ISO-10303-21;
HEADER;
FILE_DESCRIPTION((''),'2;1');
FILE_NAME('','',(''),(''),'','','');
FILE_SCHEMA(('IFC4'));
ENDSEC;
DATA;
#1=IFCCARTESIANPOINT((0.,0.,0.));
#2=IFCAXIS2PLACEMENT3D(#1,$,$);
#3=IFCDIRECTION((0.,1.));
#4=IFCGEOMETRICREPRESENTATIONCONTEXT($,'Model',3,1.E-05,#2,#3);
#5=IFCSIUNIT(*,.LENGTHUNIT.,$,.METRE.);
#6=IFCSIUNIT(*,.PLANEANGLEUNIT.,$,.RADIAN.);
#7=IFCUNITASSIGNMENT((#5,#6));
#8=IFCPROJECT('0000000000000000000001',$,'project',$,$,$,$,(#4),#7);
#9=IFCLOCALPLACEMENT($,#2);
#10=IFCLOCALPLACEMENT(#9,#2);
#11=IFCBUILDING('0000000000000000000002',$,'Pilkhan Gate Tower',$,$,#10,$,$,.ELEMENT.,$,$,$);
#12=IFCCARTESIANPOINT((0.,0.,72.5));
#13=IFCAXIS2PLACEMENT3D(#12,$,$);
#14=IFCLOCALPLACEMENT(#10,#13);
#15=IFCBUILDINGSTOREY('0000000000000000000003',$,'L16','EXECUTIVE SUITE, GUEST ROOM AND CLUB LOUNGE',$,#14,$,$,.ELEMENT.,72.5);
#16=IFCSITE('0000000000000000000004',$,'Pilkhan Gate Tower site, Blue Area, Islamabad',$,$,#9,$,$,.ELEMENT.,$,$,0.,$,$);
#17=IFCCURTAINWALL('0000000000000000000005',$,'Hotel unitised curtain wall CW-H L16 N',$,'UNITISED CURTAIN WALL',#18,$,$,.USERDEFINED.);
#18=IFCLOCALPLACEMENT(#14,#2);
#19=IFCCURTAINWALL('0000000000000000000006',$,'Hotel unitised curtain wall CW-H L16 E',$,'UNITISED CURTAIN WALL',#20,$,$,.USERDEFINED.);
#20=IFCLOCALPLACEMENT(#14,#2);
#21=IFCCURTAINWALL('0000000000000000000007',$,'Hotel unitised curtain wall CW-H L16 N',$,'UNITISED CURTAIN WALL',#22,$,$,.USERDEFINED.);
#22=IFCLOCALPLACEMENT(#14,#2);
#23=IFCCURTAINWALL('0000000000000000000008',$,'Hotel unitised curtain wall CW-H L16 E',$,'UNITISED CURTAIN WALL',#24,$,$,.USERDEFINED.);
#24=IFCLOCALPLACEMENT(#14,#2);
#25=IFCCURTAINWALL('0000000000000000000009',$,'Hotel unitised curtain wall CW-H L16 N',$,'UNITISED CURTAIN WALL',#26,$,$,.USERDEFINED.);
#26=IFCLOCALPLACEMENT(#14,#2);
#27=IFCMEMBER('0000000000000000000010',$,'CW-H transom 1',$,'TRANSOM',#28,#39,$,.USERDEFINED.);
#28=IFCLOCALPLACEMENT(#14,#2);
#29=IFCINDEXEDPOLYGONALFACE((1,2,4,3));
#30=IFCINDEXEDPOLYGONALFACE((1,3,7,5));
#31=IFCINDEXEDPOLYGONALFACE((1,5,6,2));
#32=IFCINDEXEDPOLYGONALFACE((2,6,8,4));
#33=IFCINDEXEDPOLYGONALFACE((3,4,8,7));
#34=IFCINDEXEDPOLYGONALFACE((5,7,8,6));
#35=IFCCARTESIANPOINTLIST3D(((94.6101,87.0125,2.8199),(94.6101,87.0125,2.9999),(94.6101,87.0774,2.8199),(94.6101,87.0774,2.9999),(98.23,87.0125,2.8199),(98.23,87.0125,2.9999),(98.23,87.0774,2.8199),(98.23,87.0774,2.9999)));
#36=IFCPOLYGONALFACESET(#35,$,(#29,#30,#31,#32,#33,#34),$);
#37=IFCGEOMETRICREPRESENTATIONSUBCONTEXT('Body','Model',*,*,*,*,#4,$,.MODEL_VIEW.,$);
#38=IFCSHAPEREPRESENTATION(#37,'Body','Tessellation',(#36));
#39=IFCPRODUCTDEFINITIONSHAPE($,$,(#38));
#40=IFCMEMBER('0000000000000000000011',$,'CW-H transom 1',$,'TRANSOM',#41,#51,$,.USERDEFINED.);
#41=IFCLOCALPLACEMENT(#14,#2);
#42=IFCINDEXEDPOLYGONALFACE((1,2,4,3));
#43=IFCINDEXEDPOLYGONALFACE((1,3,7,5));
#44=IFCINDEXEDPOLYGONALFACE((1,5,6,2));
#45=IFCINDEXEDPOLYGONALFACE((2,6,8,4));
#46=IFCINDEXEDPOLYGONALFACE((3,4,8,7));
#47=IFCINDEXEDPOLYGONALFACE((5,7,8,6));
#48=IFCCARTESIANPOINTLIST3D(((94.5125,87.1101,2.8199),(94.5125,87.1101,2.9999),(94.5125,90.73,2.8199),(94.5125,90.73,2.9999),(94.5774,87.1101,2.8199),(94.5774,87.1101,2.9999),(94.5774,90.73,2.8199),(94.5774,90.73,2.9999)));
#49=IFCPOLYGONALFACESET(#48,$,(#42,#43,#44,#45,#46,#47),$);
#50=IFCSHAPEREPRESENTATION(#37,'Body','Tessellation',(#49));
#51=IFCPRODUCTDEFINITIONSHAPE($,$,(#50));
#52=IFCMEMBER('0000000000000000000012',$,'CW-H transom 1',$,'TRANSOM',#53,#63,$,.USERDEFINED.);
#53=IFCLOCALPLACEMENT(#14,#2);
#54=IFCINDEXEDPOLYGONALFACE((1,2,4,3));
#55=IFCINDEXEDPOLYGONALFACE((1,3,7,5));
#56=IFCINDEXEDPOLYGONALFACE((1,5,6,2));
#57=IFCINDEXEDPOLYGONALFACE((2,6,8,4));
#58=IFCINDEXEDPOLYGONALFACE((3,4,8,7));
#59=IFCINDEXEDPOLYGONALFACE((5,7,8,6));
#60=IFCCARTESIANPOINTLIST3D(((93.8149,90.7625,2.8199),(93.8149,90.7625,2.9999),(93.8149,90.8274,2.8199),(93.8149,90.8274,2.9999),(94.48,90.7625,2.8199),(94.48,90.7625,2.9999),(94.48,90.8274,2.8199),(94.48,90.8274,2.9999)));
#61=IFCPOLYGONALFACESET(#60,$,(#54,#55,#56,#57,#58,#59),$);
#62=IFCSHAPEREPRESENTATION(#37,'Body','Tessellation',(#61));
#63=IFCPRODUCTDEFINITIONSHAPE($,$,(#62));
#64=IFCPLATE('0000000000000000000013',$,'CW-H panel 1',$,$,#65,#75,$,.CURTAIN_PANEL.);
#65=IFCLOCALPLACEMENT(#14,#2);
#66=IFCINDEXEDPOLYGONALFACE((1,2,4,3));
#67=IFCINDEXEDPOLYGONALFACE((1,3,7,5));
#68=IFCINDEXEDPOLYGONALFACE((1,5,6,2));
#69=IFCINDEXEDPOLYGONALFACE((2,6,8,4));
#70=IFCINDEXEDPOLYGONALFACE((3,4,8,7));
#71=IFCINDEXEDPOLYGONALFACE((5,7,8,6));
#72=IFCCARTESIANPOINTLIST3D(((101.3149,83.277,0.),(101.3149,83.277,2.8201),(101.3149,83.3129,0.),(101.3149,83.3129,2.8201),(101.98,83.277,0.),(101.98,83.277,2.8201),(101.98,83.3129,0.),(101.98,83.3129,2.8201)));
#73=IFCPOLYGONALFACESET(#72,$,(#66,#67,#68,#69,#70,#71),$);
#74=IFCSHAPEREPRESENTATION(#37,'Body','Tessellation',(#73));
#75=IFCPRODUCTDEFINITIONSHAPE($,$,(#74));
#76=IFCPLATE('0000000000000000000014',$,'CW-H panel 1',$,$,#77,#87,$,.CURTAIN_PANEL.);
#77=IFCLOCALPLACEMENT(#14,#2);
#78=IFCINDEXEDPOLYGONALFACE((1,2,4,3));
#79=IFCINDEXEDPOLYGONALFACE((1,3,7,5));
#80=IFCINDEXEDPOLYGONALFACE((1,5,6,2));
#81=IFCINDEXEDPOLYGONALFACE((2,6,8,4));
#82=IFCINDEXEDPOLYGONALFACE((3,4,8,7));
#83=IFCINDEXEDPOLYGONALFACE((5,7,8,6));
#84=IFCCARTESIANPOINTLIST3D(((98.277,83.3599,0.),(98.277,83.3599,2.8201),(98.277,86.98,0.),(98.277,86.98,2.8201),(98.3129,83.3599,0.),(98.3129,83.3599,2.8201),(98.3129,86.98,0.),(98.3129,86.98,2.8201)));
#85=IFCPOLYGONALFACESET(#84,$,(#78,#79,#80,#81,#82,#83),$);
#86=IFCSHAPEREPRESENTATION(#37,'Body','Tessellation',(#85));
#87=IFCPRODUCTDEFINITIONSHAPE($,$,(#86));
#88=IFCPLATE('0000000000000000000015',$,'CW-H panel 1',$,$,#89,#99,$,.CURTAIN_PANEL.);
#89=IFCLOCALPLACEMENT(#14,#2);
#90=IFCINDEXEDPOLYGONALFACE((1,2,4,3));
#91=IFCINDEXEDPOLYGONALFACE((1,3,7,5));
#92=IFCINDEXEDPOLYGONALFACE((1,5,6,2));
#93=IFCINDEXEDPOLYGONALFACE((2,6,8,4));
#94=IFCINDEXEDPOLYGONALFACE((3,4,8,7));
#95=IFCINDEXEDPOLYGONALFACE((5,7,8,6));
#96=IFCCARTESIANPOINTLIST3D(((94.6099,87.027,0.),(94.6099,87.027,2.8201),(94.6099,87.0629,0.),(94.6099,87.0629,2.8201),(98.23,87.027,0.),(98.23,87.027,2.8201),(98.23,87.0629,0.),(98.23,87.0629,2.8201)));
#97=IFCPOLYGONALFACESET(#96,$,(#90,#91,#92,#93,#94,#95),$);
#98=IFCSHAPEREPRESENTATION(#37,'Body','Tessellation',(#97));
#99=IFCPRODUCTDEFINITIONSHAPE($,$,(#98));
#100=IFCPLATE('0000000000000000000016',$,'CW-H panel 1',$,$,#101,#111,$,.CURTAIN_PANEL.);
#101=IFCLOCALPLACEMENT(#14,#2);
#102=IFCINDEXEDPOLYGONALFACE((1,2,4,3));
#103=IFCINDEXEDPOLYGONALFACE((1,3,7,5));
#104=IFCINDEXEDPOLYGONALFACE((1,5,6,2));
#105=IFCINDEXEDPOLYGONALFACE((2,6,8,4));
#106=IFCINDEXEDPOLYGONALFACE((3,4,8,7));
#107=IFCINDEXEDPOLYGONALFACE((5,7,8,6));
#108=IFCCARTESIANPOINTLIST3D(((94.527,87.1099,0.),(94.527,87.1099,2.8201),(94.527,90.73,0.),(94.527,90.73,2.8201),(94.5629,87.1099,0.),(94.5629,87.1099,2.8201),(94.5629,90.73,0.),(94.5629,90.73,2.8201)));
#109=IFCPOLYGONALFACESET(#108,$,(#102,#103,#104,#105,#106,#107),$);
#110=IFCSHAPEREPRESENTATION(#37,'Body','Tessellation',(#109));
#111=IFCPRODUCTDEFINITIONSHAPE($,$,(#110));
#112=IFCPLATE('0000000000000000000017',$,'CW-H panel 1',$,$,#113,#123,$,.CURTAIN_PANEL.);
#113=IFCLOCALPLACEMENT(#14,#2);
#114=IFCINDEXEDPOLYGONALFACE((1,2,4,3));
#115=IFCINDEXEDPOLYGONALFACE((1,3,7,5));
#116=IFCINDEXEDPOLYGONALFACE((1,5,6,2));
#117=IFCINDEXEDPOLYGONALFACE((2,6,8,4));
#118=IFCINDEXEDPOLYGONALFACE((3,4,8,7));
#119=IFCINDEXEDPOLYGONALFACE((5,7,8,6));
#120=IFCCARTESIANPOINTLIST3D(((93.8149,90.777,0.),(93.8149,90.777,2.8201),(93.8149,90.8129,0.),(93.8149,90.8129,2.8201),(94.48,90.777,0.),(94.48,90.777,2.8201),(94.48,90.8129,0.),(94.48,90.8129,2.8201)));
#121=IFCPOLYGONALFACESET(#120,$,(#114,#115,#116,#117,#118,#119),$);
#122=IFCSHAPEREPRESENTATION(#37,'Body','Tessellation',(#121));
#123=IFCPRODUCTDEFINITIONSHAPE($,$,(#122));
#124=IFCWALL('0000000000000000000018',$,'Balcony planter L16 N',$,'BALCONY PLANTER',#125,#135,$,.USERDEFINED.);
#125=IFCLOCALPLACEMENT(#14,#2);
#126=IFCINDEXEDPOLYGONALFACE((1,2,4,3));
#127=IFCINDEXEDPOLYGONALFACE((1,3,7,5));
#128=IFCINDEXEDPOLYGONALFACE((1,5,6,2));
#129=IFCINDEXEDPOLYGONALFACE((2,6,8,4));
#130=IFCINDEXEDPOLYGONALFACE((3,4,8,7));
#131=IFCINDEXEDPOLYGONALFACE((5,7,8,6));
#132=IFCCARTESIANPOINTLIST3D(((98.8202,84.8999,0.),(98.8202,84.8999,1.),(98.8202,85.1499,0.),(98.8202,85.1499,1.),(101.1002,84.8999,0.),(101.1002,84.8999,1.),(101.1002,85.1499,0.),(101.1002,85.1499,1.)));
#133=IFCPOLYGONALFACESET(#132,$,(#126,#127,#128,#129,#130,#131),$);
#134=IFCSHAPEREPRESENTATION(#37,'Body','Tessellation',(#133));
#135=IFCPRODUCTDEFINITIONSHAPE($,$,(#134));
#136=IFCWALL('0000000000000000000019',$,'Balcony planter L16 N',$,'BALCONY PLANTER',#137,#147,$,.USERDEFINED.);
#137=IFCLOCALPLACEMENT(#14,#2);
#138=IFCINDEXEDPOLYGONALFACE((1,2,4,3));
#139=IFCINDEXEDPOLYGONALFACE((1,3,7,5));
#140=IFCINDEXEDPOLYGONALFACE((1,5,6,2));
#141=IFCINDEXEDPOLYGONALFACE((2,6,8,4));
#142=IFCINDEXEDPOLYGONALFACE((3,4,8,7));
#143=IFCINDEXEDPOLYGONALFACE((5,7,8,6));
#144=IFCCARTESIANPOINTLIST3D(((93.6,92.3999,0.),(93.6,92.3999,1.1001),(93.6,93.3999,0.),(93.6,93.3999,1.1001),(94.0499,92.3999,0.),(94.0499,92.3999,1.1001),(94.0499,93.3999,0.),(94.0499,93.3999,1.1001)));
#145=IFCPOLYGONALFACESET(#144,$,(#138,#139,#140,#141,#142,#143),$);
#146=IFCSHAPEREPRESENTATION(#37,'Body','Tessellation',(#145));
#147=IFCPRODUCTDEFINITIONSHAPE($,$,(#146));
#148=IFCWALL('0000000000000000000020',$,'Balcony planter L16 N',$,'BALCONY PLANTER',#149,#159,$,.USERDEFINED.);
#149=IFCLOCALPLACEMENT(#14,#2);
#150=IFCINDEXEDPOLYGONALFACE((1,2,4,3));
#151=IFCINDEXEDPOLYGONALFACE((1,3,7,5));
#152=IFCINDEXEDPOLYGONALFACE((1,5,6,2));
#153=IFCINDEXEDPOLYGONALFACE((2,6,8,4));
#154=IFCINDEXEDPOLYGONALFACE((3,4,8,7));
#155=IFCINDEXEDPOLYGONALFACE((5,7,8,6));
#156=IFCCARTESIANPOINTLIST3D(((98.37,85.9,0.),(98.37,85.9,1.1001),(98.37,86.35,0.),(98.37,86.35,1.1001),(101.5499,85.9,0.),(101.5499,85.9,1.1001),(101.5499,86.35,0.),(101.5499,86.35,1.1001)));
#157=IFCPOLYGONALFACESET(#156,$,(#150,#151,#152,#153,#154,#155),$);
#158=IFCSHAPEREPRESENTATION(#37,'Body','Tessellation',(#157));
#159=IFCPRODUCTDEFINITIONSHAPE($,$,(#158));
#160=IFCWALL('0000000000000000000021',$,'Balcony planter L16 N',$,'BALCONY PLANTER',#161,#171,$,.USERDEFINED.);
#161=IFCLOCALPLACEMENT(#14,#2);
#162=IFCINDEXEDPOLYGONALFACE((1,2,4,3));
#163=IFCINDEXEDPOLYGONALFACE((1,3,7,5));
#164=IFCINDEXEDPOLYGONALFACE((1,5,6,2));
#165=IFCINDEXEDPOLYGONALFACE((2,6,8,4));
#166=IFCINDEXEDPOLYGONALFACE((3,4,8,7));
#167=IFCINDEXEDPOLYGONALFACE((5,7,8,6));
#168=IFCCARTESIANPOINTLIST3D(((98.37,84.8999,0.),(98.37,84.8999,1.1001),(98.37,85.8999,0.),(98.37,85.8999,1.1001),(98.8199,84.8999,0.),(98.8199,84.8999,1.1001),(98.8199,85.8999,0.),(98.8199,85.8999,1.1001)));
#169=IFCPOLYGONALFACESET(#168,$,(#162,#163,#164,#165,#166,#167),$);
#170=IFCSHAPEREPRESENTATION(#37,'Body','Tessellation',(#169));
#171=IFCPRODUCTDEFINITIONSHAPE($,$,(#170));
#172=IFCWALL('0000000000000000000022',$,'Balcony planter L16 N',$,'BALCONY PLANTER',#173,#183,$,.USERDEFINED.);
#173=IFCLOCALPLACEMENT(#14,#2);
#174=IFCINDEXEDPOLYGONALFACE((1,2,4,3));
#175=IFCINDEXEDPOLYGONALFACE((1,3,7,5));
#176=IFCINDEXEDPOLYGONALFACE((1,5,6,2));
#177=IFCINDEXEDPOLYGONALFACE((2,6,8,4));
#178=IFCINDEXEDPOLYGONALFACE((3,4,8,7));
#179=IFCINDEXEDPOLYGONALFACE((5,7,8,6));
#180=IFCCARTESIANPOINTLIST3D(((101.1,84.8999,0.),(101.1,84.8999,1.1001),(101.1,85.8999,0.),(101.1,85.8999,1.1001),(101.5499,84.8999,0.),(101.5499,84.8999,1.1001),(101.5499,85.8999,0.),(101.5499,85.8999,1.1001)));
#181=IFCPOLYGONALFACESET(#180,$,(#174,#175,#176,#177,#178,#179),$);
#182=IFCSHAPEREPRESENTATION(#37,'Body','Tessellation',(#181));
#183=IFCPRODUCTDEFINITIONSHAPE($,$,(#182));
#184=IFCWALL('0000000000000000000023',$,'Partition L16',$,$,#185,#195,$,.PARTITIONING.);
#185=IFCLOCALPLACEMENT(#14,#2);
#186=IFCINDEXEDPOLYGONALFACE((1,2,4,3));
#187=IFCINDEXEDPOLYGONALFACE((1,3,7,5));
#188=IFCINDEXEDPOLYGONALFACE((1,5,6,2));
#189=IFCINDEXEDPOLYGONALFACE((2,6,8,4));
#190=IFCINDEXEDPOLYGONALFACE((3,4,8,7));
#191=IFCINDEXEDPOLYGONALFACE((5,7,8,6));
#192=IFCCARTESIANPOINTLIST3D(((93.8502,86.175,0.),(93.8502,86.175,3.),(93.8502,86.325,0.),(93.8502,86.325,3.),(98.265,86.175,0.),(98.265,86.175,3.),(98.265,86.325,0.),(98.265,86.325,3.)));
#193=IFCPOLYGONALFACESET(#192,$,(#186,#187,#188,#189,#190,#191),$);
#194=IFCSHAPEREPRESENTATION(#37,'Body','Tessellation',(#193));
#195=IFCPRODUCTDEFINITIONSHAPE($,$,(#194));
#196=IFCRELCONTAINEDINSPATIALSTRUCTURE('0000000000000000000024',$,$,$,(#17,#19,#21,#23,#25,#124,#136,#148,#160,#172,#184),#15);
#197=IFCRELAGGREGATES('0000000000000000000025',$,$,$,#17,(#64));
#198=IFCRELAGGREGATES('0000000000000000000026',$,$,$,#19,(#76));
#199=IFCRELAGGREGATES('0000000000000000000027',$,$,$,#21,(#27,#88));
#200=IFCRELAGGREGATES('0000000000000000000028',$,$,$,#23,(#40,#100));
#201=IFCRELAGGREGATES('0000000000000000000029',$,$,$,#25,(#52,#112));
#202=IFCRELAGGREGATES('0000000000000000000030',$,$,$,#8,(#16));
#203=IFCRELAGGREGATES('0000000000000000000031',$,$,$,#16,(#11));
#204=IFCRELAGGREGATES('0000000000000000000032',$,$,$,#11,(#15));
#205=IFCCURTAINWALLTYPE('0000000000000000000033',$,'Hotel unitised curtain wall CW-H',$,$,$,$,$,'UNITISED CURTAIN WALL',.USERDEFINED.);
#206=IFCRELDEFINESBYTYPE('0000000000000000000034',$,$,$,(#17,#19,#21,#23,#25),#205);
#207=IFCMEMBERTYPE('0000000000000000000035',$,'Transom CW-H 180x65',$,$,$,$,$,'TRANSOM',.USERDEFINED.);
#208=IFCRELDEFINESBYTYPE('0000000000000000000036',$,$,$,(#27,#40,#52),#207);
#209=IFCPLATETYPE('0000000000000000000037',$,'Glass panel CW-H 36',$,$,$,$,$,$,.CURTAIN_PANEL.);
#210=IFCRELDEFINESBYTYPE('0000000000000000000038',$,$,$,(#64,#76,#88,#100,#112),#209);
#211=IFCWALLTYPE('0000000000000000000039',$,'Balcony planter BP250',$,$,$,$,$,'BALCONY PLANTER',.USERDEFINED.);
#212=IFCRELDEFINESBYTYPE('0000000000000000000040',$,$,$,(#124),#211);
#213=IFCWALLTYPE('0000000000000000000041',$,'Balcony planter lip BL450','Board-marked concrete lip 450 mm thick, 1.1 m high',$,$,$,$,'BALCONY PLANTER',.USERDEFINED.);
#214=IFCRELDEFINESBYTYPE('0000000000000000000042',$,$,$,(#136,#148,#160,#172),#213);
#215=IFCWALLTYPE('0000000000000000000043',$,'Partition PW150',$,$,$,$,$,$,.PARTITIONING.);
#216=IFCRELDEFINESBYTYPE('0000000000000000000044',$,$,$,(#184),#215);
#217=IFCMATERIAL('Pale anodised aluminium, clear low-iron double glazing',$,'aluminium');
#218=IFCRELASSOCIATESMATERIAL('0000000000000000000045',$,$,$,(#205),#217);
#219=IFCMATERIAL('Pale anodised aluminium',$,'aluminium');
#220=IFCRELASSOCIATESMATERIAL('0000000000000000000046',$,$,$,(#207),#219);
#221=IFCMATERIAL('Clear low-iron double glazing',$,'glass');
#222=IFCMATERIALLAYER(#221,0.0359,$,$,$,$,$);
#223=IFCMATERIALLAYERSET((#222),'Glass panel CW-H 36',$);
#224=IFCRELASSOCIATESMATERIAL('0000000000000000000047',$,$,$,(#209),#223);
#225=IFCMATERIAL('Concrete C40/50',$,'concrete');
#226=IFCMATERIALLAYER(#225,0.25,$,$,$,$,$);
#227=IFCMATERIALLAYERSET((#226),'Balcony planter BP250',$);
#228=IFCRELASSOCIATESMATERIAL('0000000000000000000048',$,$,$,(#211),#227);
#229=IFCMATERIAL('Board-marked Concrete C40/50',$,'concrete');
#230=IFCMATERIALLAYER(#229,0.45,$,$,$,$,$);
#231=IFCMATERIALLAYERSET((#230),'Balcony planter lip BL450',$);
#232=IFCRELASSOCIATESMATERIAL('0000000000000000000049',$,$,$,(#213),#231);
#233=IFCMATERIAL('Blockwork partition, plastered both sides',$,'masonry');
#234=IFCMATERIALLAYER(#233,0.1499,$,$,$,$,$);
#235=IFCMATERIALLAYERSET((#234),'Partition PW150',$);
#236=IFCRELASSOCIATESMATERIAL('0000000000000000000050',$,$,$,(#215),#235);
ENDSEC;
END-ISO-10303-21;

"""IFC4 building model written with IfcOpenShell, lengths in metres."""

from ifc_helpers import new_model, si_unit, direction, frame, frame_2d, origin, origin_2d, place, context, subcontext, project, spatial, rectangle, extrude, material, layer, layer_set, material_profile, profile_set, type_object, element, aggregate, save


model = new_model("IFC4")

# Units and contexts
model_context = context("Model", 3, precision=1e-05, world=origin(), true_north=direction((0.0, 1.0)))
body_context = subcontext(model_context, "Body", "Model", "MODEL_VIEW")
ifc_project = project(units=[si_unit("LENGTHUNIT", "METRE"), si_unit("PLANEANGLEUNIT", "RADIAN")], contexts=[model_context])

# Site, building, storey
site_placement = place(None, origin())
site = spatial("IfcSite", under=ifc_project, at=site_placement, Name="Pilkhan Gate Tower site, Blue Area, Islamabad", CompositionType="ELEMENT", RefElevation=0.0)
building_placement = place(site_placement, origin())
building = spatial("IfcBuilding", under=site, at=building_placement, Name="Pilkhan Gate Tower", CompositionType="ELEMENT")
storey_placement = place(building_placement, frame((0.0, 0.0, 72.5)))
storey = spatial("IfcBuildingStorey", under=building, at=storey_placement, Name="L16", Description="EXECUTIVE SUITE, GUEST ROOM AND CLUB LOUNGE", CompositionType="ELEMENT", Elevation=72.5)

# Curtain wall
ifc_material_1 = material(Name="Pale anodised aluminium, clear low-iron double glazing", Category="aluminium")
curtain_wall_type = type_object("IfcCurtainWallType", Name="Hotel unitised curtain wall CW-H", ElementType="UNITISED CURTAIN WALL", PredefinedType="USERDEFINED", material=ifc_material_1)
curtain_wall_1_placement = place(storey_placement, origin())
curtain_wall_1 = element("IfcCurtainWall", 1, at=curtain_wall_1_placement, inside=storey, type_object=curtain_wall_type, Name="Hotel unitised curtain wall CW-H L16 N", ObjectType="UNITISED CURTAIN WALL", PredefinedType="USERDEFINED")
ifc_material_2 = material(Name="Pale anodised aluminium", Category="aluminium")

# Curtain walls
curtain_wall_2_placement = place(storey_placement, origin())
curtain_wall_2 = element("IfcCurtainWall", 2, at=curtain_wall_2_placement, inside=storey, type_object=curtain_wall_type, Name="Hotel unitised curtain wall CW-H L16 E", ObjectType="UNITISED CURTAIN WALL", PredefinedType="USERDEFINED")
curtain_wall_3_placement = place(storey_placement, origin())
curtain_wall_3 = element("IfcCurtainWall", 3, at=curtain_wall_3_placement, inside=storey, type_object=curtain_wall_type, Name="Hotel unitised curtain wall CW-H L16 N", ObjectType="UNITISED CURTAIN WALL", PredefinedType="USERDEFINED")
curtain_wall_4_placement = place(storey_placement, origin())
curtain_wall_4 = element("IfcCurtainWall", 4, at=curtain_wall_4_placement, inside=storey, type_object=curtain_wall_type, Name="Hotel unitised curtain wall CW-H L16 E", ObjectType="UNITISED CURTAIN WALL", PredefinedType="USERDEFINED")
curtain_wall_5_placement = place(storey_placement, origin())
curtain_wall_5 = element("IfcCurtainWall", 5, at=curtain_wall_5_placement, inside=storey, type_object=curtain_wall_type, Name="Hotel unitised curtain wall CW-H L16 N", ObjectType="UNITISED CURTAIN WALL", PredefinedType="USERDEFINED")

# Members
ifc_material_profile_1 = material_profile(ifc_material_2, rectangle(XDim=0.0649, YDim=0.1799, at=origin_2d()), Name="Transom 180x65")
ifc_profile_set_1 = profile_set([ifc_material_profile_1], Name="Pale anodised aluminium")
member_type_1 = type_object("IfcMemberType", Name="Transom CW-H 180x65", ElementType="TRANSOM", PredefinedType="USERDEFINED", material=ifc_profile_set_1)
member_1_placement = place(storey_placement, frame((94.6101, 87.0449, 2.9099), z_axis=(1.0, 0.0, 0.0), x_axis=(0.0, 1.0, 0.0)))
member_1 = element("IfcMember", 6, at=member_1_placement, type_object=member_type_1, Name="CW-H transom 1", ObjectType="TRANSOM", PredefinedType="USERDEFINED", context=body_context, shape_type="SweptSolid", body=[
    extrude(rectangle(XDim=0.0649, YDim=0.1799, at=origin_2d()), origin(), (0.0, 0.0, 1.0), 3.6199),
])
member_2_placement = place(storey_placement, frame((94.5449, 87.1101, 2.9099), z_axis=(0.0, 1.0, 0.0), x_axis=(-1.0, 0.0, 0.0)))
member_2 = element("IfcMember", 7, at=member_2_placement, type_object=member_type_1, Name="CW-H transom 1", ObjectType="TRANSOM", PredefinedType="USERDEFINED", context=body_context, shape_type="SweptSolid", body=[
    extrude(rectangle(XDim=0.0649, YDim=0.1799, at=origin_2d()), origin(), (0.0, 0.0, 1.0), 3.6199),
])
member_3_placement = place(storey_placement, frame((93.8149, 90.7949, 2.9099), z_axis=(1.0, 0.0, 0.0), x_axis=(0.0, 1.0, 0.0)))
member_3 = element("IfcMember", 8, at=member_3_placement, type_object=member_type_1, Name="CW-H transom 1", ObjectType="TRANSOM", PredefinedType="USERDEFINED", context=body_context, shape_type="SweptSolid", body=[
    extrude(rectangle(XDim=0.0649, YDim=0.1799, at=origin_2d()), origin(), (0.0, 0.0, 1.0), 0.665),
])

# Plates
ifc_material_3 = material(Name="Clear low-iron double glazing", Category="glass")
ifc_layer_1 = layer(ifc_material_3, 0.0359)
ifc_layer_set_1 = layer_set([ifc_layer_1], Name="Glass panel CW-H 36")
plate_type = type_object("IfcPlateType", Name="Glass panel CW-H 36", PredefinedType="CURTAIN_PANEL", material=ifc_layer_set_1)
plate_1_placement = place(storey_placement, frame((101.6475, 83.2949, 0.0), z_axis=(0.0, 0.0, 1.0), x_axis=(1.0, 0.0, 0.0)))
plate_1 = element("IfcPlate", 9, at=plate_1_placement, type_object=plate_type, Name="CW-H panel 1", PredefinedType="CURTAIN_PANEL", context=body_context, shape_type="SweptSolid", body=[
    extrude(rectangle(XDim=0.665, YDim=0.0359, at=origin_2d()), origin(), (0.0, 0.0, 1.0), 2.8201),
])
aggregate(curtain_wall_1, [plate_1])
plate_2_placement = place(storey_placement, frame((98.2949, 85.1699, 0.0), z_axis=(0.0, 0.0, 1.0), x_axis=(0.0, 1.0, 0.0)))
plate_2 = element("IfcPlate", 10, at=plate_2_placement, type_object=plate_type, Name="CW-H panel 1", PredefinedType="CURTAIN_PANEL", context=body_context, shape_type="SweptSolid", body=[
    extrude(rectangle(XDim=3.6201, YDim=0.0359, at=origin_2d()), origin(), (0.0, 0.0, 1.0), 2.8201),
])
aggregate(curtain_wall_2, [plate_2])
plate_3_placement = place(storey_placement, frame((96.4199, 87.0449, 0.0), z_axis=(0.0, 0.0, 1.0), x_axis=(1.0, 0.0, 0.0)))
plate_3 = element("IfcPlate", 11, at=plate_3_placement, type_object=plate_type, Name="CW-H panel 1", PredefinedType="CURTAIN_PANEL", context=body_context, shape_type="SweptSolid", body=[
    extrude(rectangle(XDim=3.6201, YDim=0.0359, at=origin_2d()), origin(), (0.0, 0.0, 1.0), 2.8201),
])
aggregate(curtain_wall_3, [member_1, plate_3])
plate_4_placement = place(storey_placement, frame((94.5449, 88.9199, 0.0), z_axis=(0.0, 0.0, 1.0), x_axis=(0.0, 1.0, 0.0)))
plate_4 = element("IfcPlate", 12, at=plate_4_placement, type_object=plate_type, Name="CW-H panel 1", PredefinedType="CURTAIN_PANEL", context=body_context, shape_type="SweptSolid", body=[
    extrude(rectangle(XDim=3.6201, YDim=0.0359, at=origin_2d()), origin(), (0.0, 0.0, 1.0), 2.8201),
])
aggregate(curtain_wall_4, [member_2, plate_4])
plate_5_placement = place(storey_placement, frame((94.1475, 90.7949, 0.0), z_axis=(0.0, 0.0, 1.0), x_axis=(1.0, 0.0, 0.0)))
plate_5 = element("IfcPlate", 13, at=plate_5_placement, type_object=plate_type, Name="CW-H panel 1", PredefinedType="CURTAIN_PANEL", context=body_context, shape_type="SweptSolid", body=[
    extrude(rectangle(XDim=0.665, YDim=0.0359, at=origin_2d()), origin(), (0.0, 0.0, 1.0), 2.8201),
])
aggregate(curtain_wall_5, [member_3, plate_5])

# Walls
ifc_material_4 = material(Name="Concrete C40/50", Category="concrete")
ifc_layer_2 = layer(ifc_material_4, 0.25)
ifc_layer_set_2 = layer_set([ifc_layer_2], Name="Balcony planter BP250")
wall_type_1 = type_object("IfcWallType", Name="Balcony planter BP250", ElementType="BALCONY PLANTER", PredefinedType="USERDEFINED", material=ifc_layer_set_2)
wall_1_placement = place(storey_placement, frame((98.8201, 85.0249, 0.0), z_axis=(0.0, 0.0, 1.0), x_axis=(1.0, 0.0, 0.0)))
element("IfcWall", 14, at=wall_1_placement, inside=storey, type_object=wall_type_1, Name="Balcony planter L16 N", ObjectType="BALCONY PLANTER", PredefinedType="USERDEFINED", context=body_context, shape_type="SweptSolid", body=[
    extrude(rectangle(XDim=2.28, YDim=0.25, at=frame_2d((1.1401, 0.0))), origin(), (0.0, 0.0, 1.0), 1.0),
])
ifc_material_5 = material(Name="Board-marked Concrete C40/50", Category="concrete")
ifc_layer_3 = layer(ifc_material_5, 0.45)
ifc_layer_set_3 = layer_set([ifc_layer_3], Name="Balcony planter lip BL450")
wall_type_2 = type_object("IfcWallType", Name="Balcony planter lip BL450", Description="Board-marked concrete lip 450 mm thick, 1.1 m high", ElementType="BALCONY PLANTER", PredefinedType="USERDEFINED", material=ifc_layer_set_3)
wall_2_placement = place(storey_placement, frame((93.825, 92.3999, 0.0), z_axis=(0.0, 0.0, 1.0), x_axis=(0.0, 1.0, 0.0)))
element("IfcWall", 15, at=wall_2_placement, inside=storey, type_object=wall_type_2, Name="Balcony planter L16 N", ObjectType="BALCONY PLANTER", PredefinedType="USERDEFINED", context=body_context, shape_type="SweptSolid", body=[
    extrude(rectangle(XDim=1.0, YDim=0.45, at=frame_2d((0.5, 0.0))), origin(), (0.0, 0.0, 1.0), 1.1001),
])
wall_3_placement = place(storey_placement, frame((98.3701, 86.125, 0.0), z_axis=(0.0, 0.0, 1.0), x_axis=(1.0, 0.0, 0.0)))
element("IfcWall", 16, at=wall_3_placement, inside=storey, type_object=wall_type_2, Name="Balcony planter L16 N", ObjectType="BALCONY PLANTER", PredefinedType="USERDEFINED", context=body_context, shape_type="SweptSolid", body=[
    extrude(rectangle(XDim=3.1799, YDim=0.45, at=frame_2d((1.5898, 0.0))), origin(), (0.0, 0.0, 1.0), 1.1001),
])
for number, where, z_axis, x_axis, name in (
    (17, (98.595, 84.8999, 0.0), (0.0, 0.0, 1.0), (0.0, 1.0, 0.0), "Balcony planter L16 N"),
    (18, (101.325, 84.8999, 0.0), (0.0, 0.0, 1.0), (0.0, 1.0, 0.0), "Balcony planter L16 N"),
):
    element("IfcWall", number, at=place(storey_placement, frame(where, z_axis=z_axis, x_axis=x_axis)), inside=storey, type_object=wall_type_2, Name=name, ObjectType="BALCONY PLANTER", PredefinedType="USERDEFINED", context=body_context, shape_type="SweptSolid", body=[
        extrude(rectangle(XDim=1.0, YDim=0.45, at=frame_2d((0.5, 0.0))), origin(), (0.0, 0.0, 1.0), 1.1001),
    ])
ifc_material_6 = material(Name="Blockwork partition, plastered both sides", Category="masonry")
ifc_layer_4 = layer(ifc_material_6, 0.1499)
ifc_layer_set_4 = layer_set([ifc_layer_4], Name="Partition PW150")
wall_type_3 = type_object("IfcWallType", Name="Partition PW150", PredefinedType="PARTITIONING", material=ifc_layer_set_4)
wall_4_placement = place(storey_placement, frame((93.8501, 86.25, 0.0), z_axis=(0.0, 0.0, 1.0), x_axis=(1.0, 0.0, 0.0)))
element("IfcWall", 19, at=wall_4_placement, inside=storey, type_object=wall_type_3, Name="Partition L16", PredefinedType="PARTITIONING", context=body_context, shape_type="SweptSolid", body=[
    extrude(rectangle(XDim=4.4148, YDim=0.1499, at=frame_2d((2.2075, 0.0))), origin(), (0.0, 0.0, 1.0), 3.0),
])

save(model, "model.ifc")
